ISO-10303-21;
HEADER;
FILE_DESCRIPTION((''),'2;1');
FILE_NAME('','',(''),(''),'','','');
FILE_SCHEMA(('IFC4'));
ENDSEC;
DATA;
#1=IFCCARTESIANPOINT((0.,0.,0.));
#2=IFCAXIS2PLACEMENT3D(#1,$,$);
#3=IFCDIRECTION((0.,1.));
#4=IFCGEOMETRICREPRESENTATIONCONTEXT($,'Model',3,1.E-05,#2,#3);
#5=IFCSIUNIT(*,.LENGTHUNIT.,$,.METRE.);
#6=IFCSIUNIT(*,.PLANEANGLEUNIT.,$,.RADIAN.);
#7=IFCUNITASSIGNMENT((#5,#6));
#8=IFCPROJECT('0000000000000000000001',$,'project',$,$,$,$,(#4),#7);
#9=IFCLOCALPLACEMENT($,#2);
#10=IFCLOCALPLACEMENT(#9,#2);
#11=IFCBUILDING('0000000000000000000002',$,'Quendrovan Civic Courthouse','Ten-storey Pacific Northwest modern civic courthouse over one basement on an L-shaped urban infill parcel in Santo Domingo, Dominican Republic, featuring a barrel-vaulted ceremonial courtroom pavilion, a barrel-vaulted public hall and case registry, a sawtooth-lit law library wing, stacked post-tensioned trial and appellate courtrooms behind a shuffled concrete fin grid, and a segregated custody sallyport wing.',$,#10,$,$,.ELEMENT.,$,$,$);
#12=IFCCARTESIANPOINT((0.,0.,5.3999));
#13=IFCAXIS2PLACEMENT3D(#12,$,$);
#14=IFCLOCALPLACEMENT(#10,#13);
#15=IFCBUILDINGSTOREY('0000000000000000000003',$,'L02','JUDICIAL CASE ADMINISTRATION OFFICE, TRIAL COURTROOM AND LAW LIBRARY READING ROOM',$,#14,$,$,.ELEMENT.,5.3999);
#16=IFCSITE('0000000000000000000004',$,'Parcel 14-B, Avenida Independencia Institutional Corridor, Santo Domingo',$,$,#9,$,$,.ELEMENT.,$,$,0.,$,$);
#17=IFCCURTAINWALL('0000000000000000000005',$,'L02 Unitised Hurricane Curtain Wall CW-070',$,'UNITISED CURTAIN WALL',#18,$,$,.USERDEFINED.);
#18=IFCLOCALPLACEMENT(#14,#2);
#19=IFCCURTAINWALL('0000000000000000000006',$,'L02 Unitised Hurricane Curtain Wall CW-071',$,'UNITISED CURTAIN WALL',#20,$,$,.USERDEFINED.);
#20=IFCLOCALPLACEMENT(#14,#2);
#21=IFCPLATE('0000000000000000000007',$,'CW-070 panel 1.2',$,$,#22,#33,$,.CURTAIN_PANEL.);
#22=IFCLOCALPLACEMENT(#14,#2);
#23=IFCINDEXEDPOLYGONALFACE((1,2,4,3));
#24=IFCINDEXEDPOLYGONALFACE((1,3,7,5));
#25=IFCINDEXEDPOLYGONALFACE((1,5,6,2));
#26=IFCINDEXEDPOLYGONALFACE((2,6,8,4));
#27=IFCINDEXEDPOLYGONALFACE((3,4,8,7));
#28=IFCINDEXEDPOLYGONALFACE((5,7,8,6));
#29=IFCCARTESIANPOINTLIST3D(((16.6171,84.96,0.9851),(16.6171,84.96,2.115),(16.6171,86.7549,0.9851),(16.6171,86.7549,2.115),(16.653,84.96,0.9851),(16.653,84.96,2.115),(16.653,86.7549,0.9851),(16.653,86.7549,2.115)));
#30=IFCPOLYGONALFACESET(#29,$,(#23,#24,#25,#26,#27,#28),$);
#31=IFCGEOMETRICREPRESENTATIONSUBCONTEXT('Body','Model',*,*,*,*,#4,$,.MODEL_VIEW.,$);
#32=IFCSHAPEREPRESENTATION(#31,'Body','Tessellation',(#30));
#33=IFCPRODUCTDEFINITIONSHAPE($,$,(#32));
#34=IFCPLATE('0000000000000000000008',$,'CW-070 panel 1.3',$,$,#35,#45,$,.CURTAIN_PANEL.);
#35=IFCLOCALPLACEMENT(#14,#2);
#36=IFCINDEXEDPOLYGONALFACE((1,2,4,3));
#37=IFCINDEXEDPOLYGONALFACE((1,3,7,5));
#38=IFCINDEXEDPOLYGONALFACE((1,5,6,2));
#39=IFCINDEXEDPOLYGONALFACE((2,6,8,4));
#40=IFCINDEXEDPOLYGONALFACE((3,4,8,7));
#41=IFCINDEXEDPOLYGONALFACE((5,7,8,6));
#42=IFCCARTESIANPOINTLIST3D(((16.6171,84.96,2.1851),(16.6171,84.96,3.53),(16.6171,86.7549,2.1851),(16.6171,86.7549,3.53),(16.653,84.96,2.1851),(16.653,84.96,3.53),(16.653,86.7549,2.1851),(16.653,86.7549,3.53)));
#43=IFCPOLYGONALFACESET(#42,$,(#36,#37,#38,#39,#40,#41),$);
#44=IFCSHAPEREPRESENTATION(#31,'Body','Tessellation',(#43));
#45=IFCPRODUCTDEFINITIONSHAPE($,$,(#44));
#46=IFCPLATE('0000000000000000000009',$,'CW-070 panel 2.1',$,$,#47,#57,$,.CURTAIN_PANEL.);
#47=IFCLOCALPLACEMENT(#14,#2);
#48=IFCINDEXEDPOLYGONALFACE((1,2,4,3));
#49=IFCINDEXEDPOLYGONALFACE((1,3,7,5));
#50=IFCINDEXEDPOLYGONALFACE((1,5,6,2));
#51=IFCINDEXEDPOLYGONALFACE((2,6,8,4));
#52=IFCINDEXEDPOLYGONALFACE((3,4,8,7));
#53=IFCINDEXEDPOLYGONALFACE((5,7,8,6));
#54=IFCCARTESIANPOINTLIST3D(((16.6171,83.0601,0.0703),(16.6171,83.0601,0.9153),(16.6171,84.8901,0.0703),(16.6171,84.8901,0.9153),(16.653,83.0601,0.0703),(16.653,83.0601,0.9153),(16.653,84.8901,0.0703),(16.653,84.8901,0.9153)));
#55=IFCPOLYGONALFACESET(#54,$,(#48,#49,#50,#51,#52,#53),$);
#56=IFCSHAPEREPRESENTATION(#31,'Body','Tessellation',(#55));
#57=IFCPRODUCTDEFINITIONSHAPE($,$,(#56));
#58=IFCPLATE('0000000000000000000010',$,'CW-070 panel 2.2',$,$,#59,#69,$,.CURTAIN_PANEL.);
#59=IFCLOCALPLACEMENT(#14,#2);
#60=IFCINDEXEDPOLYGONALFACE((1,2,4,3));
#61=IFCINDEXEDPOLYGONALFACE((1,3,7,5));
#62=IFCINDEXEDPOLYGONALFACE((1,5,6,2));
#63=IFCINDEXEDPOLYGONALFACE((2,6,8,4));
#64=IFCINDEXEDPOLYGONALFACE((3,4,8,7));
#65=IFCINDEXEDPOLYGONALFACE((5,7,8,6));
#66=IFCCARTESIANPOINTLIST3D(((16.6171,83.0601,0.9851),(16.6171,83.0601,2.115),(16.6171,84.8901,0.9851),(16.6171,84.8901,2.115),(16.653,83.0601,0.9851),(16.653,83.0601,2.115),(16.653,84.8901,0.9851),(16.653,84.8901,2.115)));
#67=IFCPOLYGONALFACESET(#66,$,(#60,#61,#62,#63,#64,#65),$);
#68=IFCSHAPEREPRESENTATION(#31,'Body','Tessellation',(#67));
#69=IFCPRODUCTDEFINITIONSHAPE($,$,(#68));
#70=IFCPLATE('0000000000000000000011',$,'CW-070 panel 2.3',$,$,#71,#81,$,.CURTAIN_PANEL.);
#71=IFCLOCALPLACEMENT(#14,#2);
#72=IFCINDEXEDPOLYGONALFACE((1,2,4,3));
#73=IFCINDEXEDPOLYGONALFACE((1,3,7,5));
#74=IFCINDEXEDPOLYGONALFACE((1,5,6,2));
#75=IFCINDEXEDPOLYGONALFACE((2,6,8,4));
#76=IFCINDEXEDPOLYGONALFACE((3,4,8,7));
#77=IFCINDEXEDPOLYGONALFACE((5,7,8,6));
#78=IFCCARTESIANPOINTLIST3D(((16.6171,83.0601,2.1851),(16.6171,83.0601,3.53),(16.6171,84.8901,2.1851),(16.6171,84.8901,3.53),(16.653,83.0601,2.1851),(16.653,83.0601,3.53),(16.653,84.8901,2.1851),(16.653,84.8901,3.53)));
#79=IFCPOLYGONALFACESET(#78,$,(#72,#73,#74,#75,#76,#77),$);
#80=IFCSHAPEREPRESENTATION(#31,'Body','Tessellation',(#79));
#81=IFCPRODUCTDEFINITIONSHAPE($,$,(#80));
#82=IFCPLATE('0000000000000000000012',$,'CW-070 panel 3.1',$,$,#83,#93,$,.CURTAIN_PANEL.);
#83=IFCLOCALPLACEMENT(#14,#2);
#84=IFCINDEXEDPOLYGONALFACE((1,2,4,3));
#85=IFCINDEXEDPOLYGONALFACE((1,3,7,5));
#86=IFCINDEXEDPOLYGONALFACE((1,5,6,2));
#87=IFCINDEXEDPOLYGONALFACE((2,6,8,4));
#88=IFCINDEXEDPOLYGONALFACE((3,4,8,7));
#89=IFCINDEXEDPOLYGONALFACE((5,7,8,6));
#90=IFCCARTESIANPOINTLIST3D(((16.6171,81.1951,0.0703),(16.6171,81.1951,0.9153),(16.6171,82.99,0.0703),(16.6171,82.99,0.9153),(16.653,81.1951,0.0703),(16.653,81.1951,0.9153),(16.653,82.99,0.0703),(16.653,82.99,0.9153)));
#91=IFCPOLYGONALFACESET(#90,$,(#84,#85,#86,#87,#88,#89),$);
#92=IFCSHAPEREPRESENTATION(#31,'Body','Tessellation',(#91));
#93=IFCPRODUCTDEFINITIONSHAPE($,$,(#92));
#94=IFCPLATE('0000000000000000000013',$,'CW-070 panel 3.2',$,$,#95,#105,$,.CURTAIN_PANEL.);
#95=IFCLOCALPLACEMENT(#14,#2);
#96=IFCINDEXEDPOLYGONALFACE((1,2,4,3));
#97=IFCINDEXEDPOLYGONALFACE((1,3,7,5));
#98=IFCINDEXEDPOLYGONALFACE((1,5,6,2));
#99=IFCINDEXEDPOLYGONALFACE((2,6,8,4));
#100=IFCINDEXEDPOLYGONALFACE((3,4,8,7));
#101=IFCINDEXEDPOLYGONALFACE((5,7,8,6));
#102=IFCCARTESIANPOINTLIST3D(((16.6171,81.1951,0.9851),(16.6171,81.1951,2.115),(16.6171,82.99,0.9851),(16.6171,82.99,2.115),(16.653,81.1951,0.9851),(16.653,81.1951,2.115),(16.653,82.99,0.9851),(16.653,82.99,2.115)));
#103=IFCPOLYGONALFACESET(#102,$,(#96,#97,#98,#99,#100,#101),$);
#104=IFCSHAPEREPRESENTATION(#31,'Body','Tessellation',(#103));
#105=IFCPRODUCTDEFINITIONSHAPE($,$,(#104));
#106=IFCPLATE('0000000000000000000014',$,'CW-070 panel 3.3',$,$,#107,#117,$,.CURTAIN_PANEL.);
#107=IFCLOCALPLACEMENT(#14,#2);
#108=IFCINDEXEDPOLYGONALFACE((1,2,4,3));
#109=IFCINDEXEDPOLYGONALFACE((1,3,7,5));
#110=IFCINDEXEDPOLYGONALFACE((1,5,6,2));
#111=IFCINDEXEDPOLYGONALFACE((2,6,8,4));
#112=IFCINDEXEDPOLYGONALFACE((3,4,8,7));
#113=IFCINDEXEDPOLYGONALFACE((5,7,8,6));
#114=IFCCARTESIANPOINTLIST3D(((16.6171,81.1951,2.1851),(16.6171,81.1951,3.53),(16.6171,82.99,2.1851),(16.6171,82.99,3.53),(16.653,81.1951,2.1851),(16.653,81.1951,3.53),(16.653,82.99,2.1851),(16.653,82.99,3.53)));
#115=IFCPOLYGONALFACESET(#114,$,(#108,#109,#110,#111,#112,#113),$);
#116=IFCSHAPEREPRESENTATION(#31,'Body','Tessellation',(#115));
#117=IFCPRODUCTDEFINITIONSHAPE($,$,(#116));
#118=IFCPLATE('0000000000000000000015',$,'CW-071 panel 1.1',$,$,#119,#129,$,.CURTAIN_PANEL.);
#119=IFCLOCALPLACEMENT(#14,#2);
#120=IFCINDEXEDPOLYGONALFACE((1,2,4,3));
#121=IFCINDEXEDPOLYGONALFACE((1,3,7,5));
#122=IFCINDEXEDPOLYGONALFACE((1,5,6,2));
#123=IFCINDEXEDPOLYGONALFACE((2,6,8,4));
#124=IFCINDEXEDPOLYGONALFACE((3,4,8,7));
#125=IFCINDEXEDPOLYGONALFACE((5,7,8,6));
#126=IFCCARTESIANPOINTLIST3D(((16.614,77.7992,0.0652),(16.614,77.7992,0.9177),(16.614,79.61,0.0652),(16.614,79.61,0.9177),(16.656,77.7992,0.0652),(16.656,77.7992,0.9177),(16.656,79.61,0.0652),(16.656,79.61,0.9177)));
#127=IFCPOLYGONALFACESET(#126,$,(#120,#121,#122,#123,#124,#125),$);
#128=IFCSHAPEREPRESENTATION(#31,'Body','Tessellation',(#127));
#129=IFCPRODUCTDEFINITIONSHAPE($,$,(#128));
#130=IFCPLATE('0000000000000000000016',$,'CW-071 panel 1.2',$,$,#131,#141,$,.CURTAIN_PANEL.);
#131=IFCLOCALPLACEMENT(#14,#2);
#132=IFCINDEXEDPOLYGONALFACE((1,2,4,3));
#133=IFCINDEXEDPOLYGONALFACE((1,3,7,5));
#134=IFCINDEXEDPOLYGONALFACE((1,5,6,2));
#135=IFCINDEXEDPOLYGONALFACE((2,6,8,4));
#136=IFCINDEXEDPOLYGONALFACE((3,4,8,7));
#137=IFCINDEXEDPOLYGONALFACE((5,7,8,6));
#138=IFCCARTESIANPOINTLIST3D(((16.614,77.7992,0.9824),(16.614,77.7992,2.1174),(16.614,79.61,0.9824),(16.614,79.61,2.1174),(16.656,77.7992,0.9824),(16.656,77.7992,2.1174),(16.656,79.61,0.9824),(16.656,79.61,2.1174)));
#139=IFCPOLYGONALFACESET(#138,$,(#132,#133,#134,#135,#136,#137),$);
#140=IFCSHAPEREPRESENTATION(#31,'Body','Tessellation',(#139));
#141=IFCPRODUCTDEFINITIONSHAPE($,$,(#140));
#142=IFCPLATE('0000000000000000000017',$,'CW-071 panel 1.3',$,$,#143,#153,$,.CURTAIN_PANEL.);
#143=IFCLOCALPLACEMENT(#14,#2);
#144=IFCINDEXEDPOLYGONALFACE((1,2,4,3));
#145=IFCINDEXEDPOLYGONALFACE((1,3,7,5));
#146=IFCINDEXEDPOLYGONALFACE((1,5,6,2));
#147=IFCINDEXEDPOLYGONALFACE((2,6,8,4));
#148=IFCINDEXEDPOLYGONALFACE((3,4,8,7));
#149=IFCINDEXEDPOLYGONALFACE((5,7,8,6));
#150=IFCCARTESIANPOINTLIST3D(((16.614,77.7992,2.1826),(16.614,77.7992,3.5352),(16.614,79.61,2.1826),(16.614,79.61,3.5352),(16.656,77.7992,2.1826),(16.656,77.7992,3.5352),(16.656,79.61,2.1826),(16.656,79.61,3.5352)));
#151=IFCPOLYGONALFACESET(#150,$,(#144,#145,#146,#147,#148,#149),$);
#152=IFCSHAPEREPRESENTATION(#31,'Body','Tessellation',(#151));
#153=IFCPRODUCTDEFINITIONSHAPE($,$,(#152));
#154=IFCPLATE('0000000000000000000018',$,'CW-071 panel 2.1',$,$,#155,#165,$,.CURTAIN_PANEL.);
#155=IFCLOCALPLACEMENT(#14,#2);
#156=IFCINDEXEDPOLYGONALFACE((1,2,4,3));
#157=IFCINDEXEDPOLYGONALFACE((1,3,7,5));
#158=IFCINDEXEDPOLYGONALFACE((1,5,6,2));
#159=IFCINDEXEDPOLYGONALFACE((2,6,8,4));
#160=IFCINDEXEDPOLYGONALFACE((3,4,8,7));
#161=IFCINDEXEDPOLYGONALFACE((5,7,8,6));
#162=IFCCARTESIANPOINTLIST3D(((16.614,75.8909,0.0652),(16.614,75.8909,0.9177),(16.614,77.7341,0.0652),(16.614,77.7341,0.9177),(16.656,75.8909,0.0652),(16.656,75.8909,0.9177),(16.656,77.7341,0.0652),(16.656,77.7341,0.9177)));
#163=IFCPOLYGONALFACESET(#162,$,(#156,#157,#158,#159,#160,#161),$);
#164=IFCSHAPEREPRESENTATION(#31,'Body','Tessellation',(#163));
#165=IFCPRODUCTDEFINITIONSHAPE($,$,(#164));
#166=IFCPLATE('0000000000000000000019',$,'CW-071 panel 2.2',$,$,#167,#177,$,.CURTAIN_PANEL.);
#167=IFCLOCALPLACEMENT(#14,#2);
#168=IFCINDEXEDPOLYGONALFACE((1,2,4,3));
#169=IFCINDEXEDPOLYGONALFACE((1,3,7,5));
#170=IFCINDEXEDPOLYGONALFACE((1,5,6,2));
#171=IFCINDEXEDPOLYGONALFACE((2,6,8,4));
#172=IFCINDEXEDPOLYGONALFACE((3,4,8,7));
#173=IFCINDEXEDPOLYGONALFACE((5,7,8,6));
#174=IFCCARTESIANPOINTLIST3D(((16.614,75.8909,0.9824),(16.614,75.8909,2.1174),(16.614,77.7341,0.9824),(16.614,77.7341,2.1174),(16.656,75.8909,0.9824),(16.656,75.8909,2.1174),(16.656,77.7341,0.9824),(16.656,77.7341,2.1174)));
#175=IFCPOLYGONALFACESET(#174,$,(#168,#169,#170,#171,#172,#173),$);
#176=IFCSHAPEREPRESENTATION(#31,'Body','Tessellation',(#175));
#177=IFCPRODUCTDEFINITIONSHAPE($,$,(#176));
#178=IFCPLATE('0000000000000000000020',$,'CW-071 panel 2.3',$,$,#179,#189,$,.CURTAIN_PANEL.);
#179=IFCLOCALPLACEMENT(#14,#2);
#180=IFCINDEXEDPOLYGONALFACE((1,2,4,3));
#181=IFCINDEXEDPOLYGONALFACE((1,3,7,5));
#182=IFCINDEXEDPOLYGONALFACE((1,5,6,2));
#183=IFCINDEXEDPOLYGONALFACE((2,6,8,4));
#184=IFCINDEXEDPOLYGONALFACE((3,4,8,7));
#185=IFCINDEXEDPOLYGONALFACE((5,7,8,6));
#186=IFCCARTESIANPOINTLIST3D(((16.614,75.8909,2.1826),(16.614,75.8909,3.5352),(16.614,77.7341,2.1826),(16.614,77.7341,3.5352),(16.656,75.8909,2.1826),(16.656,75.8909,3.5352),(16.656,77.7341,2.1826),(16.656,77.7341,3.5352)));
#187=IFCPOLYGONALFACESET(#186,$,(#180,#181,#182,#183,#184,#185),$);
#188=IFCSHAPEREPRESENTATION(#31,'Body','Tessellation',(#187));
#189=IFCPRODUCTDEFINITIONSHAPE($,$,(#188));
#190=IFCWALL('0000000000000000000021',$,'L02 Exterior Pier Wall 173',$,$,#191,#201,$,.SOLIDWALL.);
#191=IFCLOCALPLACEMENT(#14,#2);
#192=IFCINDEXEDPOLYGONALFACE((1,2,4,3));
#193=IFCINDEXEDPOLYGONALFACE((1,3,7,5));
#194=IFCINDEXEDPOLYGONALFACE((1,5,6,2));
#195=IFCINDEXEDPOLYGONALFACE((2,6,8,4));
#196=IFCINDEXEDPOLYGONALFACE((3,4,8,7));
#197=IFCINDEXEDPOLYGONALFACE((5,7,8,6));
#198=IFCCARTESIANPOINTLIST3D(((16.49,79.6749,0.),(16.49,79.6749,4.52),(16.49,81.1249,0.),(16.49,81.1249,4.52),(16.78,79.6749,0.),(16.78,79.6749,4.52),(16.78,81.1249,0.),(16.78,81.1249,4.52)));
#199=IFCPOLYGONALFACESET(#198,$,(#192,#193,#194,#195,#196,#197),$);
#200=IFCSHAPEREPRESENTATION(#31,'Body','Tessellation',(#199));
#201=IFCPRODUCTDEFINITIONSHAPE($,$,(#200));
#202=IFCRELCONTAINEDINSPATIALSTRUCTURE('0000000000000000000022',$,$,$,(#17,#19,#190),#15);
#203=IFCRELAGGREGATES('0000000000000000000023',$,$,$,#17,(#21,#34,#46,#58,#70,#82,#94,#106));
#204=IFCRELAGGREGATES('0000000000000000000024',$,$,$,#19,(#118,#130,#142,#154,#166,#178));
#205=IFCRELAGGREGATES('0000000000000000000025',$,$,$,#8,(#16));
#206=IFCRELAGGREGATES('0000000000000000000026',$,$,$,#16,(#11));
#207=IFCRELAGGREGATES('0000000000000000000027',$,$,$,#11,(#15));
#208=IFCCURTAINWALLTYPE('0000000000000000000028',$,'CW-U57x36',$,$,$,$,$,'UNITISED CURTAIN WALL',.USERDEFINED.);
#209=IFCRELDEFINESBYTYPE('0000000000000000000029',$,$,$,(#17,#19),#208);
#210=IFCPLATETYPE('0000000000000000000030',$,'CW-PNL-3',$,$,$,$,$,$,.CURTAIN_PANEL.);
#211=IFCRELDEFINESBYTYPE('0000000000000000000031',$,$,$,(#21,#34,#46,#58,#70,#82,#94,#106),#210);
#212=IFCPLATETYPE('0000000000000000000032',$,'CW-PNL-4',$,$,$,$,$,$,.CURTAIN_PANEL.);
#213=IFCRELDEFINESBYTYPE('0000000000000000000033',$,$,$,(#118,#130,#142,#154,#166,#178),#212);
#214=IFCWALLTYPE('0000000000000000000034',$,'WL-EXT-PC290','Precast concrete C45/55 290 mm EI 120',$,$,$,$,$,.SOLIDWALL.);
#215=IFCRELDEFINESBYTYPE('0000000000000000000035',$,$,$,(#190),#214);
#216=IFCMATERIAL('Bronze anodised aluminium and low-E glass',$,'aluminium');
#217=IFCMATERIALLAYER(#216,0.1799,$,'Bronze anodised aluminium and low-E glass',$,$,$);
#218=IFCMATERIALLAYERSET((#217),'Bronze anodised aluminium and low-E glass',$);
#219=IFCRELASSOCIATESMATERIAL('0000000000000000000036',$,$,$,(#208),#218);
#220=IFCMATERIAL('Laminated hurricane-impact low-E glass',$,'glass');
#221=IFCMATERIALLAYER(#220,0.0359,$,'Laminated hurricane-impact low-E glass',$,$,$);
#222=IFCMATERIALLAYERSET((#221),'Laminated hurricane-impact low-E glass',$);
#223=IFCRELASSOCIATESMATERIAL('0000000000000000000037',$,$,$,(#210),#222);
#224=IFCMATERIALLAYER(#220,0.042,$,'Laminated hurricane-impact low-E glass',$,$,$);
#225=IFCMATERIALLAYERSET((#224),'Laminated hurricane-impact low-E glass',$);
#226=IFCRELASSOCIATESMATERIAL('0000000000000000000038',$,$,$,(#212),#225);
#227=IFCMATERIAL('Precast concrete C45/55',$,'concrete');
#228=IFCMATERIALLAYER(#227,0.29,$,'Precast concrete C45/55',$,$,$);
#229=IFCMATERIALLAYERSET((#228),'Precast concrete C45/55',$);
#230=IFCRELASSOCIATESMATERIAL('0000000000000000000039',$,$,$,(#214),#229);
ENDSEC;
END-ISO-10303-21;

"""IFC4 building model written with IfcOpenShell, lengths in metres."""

from ifc_helpers import new_model, si_unit, direction, frame, frame_2d, origin, origin_2d, place, context, subcontext, project, spatial, rectangle, extrude, material, layer, layer_set, type_object, element, aggregate, save


model = new_model("IFC4")

# Units and contexts
model_context = context("Model", 3, precision=1e-05, world=origin(), true_north=direction((0.0, 1.0)))
body_context = subcontext(model_context, "Body", "Model", "MODEL_VIEW")
ifc_project = project(units=[si_unit("LENGTHUNIT", "METRE"), si_unit("PLANEANGLEUNIT", "RADIAN")], contexts=[model_context])

# Site, building, storey
site_placement = place(None, origin())
site = spatial("IfcSite", under=ifc_project, at=site_placement, Name="Parcel 14-B, Avenida Independencia Institutional Corridor, Santo Domingo", CompositionType="ELEMENT", RefElevation=0.0)
building_placement = place(site_placement, origin())
building = spatial("IfcBuilding", under=site, at=building_placement, Name="Quendrovan Civic Courthouse", Description="Ten-storey Pacific Northwest modern civic courthouse over one basement on an L-shaped urban infill parcel in Santo Domingo, Dominican Republic, featuring a barrel-vaulted ceremonial courtroom pavilion, a barrel-vaulted public hall and case registry, a sawtooth-lit law library wing, stacked post-tensioned trial and appellate courtrooms behind a shuffled concrete fin grid, and a segregated custody sallyport wing.", CompositionType="ELEMENT")
storey_placement = place(building_placement, frame((0.0, 0.0, 5.3999)))
storey = spatial("IfcBuildingStorey", under=building, at=storey_placement, Name="L02", Description="JUDICIAL CASE ADMINISTRATION OFFICE, TRIAL COURTROOM AND LAW LIBRARY READING ROOM", CompositionType="ELEMENT", Elevation=5.3999)

# Curtain walls
ifc_material_1 = material(Name="Bronze anodised aluminium and low-E glass", Category="aluminium")
ifc_layer_1 = layer(ifc_material_1, 0.1799, Name="Bronze anodised aluminium and low-E glass")
ifc_layer_set_1 = layer_set([ifc_layer_1], Name="Bronze anodised aluminium and low-E glass")
curtain_wall_type = type_object("IfcCurtainWallType", Name="CW-U57x36", ElementType="UNITISED CURTAIN WALL", PredefinedType="USERDEFINED", material=ifc_layer_set_1)
curtain_wall_1_placement = place(storey_placement, origin())
curtain_wall_1 = element("IfcCurtainWall", 1, at=curtain_wall_1_placement, inside=storey, type_object=curtain_wall_type, Name="L02 Unitised Hurricane Curtain Wall CW-070", ObjectType="UNITISED CURTAIN WALL", PredefinedType="USERDEFINED")
curtain_wall_2_placement = place(storey_placement, origin())
curtain_wall_2 = element("IfcCurtainWall", 2, at=curtain_wall_2_placement, inside=storey, type_object=curtain_wall_type, Name="L02 Unitised Hurricane Curtain Wall CW-071", ObjectType="UNITISED CURTAIN WALL", PredefinedType="USERDEFINED")

# Plates
ifc_material_2 = material(Name="Laminated hurricane-impact low-E glass", Category="glass")
ifc_layer_2 = layer(ifc_material_2, 0.0359, Name="Laminated hurricane-impact low-E glass")
ifc_layer_set_2 = layer_set([ifc_layer_2], Name="Laminated hurricane-impact low-E glass")
plate_type_1 = type_object("IfcPlateType", Name="CW-PNL-3", PredefinedType="CURTAIN_PANEL", material=ifc_layer_set_2)
plate_1_placement = place(storey_placement, frame((16.635, 85.8574, 0.9851), z_axis=(0.0, 0.0, 1.0), x_axis=(0.0, -1.0, 0.0)))
plate_1 = element("IfcPlate", 3, at=plate_1_placement, type_object=plate_type_1, Name="CW-070 panel 1.2", PredefinedType="CURTAIN_PANEL", context=body_context, shape_type="SweptSolid", body=[
    extrude(rectangle(XDim=1.7949, YDim=0.0359, at=origin_2d()), origin(), (0.0, 0.0, 1.0), 1.1299),
])
plate_2_placement = place(storey_placement, frame((16.635, 85.8574, 2.1851), z_axis=(0.0, 0.0, 1.0), x_axis=(0.0, -1.0, 0.0)))
plate_2 = element("IfcPlate", 4, at=plate_2_placement, type_object=plate_type_1, Name="CW-070 panel 1.3", PredefinedType="CURTAIN_PANEL", context=body_context, shape_type="SweptSolid", body=[
    extrude(rectangle(XDim=1.7949, YDim=0.0359, at=origin_2d()), origin(), (0.0, 0.0, 1.0), 1.345),
])
plate_3_placement = place(storey_placement, frame((16.635, 83.9751, 0.0703), z_axis=(0.0, 0.0, 1.0), x_axis=(0.0, -1.0, 0.0)))
plate_3 = element("IfcPlate", 5, at=plate_3_placement, type_object=plate_type_1, Name="CW-070 panel 2.1", PredefinedType="CURTAIN_PANEL", context=body_context, shape_type="SweptSolid", body=[
    extrude(rectangle(XDim=1.8301, YDim=0.0359, at=origin_2d()), origin(), (0.0, 0.0, 1.0), 0.845),
])
plate_4_placement = place(storey_placement, frame((16.635, 83.9751, 0.9851), z_axis=(0.0, 0.0, 1.0), x_axis=(0.0, -1.0, 0.0)))
plate_4 = element("IfcPlate", 6, at=plate_4_placement, type_object=plate_type_1, Name="CW-070 panel 2.2", PredefinedType="CURTAIN_PANEL", context=body_context, shape_type="SweptSolid", body=[
    extrude(rectangle(XDim=1.8301, YDim=0.0359, at=origin_2d()), origin(), (0.0, 0.0, 1.0), 1.1299),
])
plate_5_placement = place(storey_placement, frame((16.635, 83.9751, 2.1851), z_axis=(0.0, 0.0, 1.0), x_axis=(0.0, -1.0, 0.0)))
plate_5 = element("IfcPlate", 7, at=plate_5_placement, type_object=plate_type_1, Name="CW-070 panel 2.3", PredefinedType="CURTAIN_PANEL", context=body_context, shape_type="SweptSolid", body=[
    extrude(rectangle(XDim=1.8301, YDim=0.0359, at=origin_2d()), origin(), (0.0, 0.0, 1.0), 1.345),
])
plate_6_placement = place(storey_placement, frame((16.635, 82.0925, 0.0703), z_axis=(0.0, 0.0, 1.0), x_axis=(0.0, -1.0, 0.0)))
plate_6 = element("IfcPlate", 8, at=plate_6_placement, type_object=plate_type_1, Name="CW-070 panel 3.1", PredefinedType="CURTAIN_PANEL", context=body_context, shape_type="SweptSolid", body=[
    extrude(rectangle(XDim=1.7949, YDim=0.0359, at=origin_2d()), origin(), (0.0, 0.0, 1.0), 0.845),
])
plate_7_placement = place(storey_placement, frame((16.635, 82.0925, 0.9851), z_axis=(0.0, 0.0, 1.0), x_axis=(0.0, -1.0, 0.0)))
plate_7 = element("IfcPlate", 9, at=plate_7_placement, type_object=plate_type_1, Name="CW-070 panel 3.2", PredefinedType="CURTAIN_PANEL", context=body_context, shape_type="SweptSolid", body=[
    extrude(rectangle(XDim=1.7949, YDim=0.0359, at=origin_2d()), origin(), (0.0, 0.0, 1.0), 1.1299),
])
plate_8_placement = place(storey_placement, frame((16.635, 82.0925, 2.1851), z_axis=(0.0, 0.0, 1.0), x_axis=(0.0, -1.0, 0.0)))
plate_8 = element("IfcPlate", 10, at=plate_8_placement, type_object=plate_type_1, Name="CW-070 panel 3.3", PredefinedType="CURTAIN_PANEL", context=body_context, shape_type="SweptSolid", body=[
    extrude(rectangle(XDim=1.7949, YDim=0.0359, at=origin_2d()), origin(), (0.0, 0.0, 1.0), 1.345),
])
aggregate(curtain_wall_1, [plate_1, plate_2, plate_3, plate_4, plate_5, plate_6, plate_7, plate_8])
ifc_layer_3 = layer(ifc_material_2, 0.042, Name="Laminated hurricane-impact low-E glass")
ifc_layer_set_3 = layer_set([ifc_layer_3], Name="Laminated hurricane-impact low-E glass")
plate_type_2 = type_object("IfcPlateType", Name="CW-PNL-4", PredefinedType="CURTAIN_PANEL", material=ifc_layer_set_3)
plate_9_placement = place(storey_placement, frame((16.635, 78.7046, 0.0652), z_axis=(0.0, 0.0, 1.0), x_axis=(0.0, -1.0, 0.0)))
plate_9 = element("IfcPlate", 11, at=plate_9_placement, type_object=plate_type_2, Name="CW-071 panel 1.1", PredefinedType="CURTAIN_PANEL", context=body_context, shape_type="SweptSolid", body=[
    extrude(rectangle(XDim=1.8108, YDim=0.042, at=origin_2d()), origin(), (0.0, 0.0, 1.0), 0.8525),
])
plate_10_placement = place(storey_placement, frame((16.635, 78.7046, 0.9824), z_axis=(0.0, 0.0, 1.0), x_axis=(0.0, -1.0, 0.0)))
plate_10 = element("IfcPlate", 12, at=plate_10_placement, type_object=plate_type_2, Name="CW-071 panel 1.2", PredefinedType="CURTAIN_PANEL", context=body_context, shape_type="SweptSolid", body=[
    extrude(rectangle(XDim=1.8108, YDim=0.042, at=origin_2d()), origin(), (0.0, 0.0, 1.0), 1.135),
])
plate_11_placement = place(storey_placement, frame((16.635, 78.7046, 2.1826), z_axis=(0.0, 0.0, 1.0), x_axis=(0.0, -1.0, 0.0)))
plate_11 = element("IfcPlate", 13, at=plate_11_placement, type_object=plate_type_2, Name="CW-071 panel 1.3", PredefinedType="CURTAIN_PANEL", context=body_context, shape_type="SweptSolid", body=[
    extrude(rectangle(XDim=1.8108, YDim=0.042, at=origin_2d()), origin(), (0.0, 0.0, 1.0), 1.3525),
])
plate_12_placement = place(storey_placement, frame((16.635, 76.8125, 0.0652), z_axis=(0.0, 0.0, 1.0), x_axis=(0.0, -1.0, 0.0)))
plate_12 = element("IfcPlate", 14, at=plate_12_placement, type_object=plate_type_2, Name="CW-071 panel 2.1", PredefinedType="CURTAIN_PANEL", context=body_context, shape_type="SweptSolid", body=[
    extrude(rectangle(XDim=1.8433, YDim=0.042, at=origin_2d()), origin(), (0.0, 0.0, 1.0), 0.8525),
])
plate_13_placement = place(storey_placement, frame((16.635, 76.8125, 0.9824), z_axis=(0.0, 0.0, 1.0), x_axis=(0.0, -1.0, 0.0)))
plate_13 = element("IfcPlate", 15, at=plate_13_placement, type_object=plate_type_2, Name="CW-071 panel 2.2", PredefinedType="CURTAIN_PANEL", context=body_context, shape_type="SweptSolid", body=[
    extrude(rectangle(XDim=1.8433, YDim=0.042, at=origin_2d()), origin(), (0.0, 0.0, 1.0), 1.135),
])
plate_14_placement = place(storey_placement, frame((16.635, 76.8125, 2.1826), z_axis=(0.0, 0.0, 1.0), x_axis=(0.0, -1.0, 0.0)))
plate_14 = element("IfcPlate", 16, at=plate_14_placement, type_object=plate_type_2, Name="CW-071 panel 2.3", PredefinedType="CURTAIN_PANEL", context=body_context, shape_type="SweptSolid", body=[
    extrude(rectangle(XDim=1.8433, YDim=0.042, at=origin_2d()), origin(), (0.0, 0.0, 1.0), 1.3525),
])
aggregate(curtain_wall_2, [plate_9, plate_10, plate_11, plate_12, plate_13, plate_14])

# Wall
ifc_material_3 = material(Name="Precast concrete C45/55", Category="concrete")
ifc_layer_4 = layer(ifc_material_3, 0.29, Name="Precast concrete C45/55")
ifc_layer_set_4 = layer_set([ifc_layer_4], Name="Precast concrete C45/55")
wall_type = type_object("IfcWallType", Name="WL-EXT-PC290", Description="Precast concrete C45/55 290 mm EI 120", PredefinedType="SOLIDWALL", material=ifc_layer_set_4)
wall_placement = place(storey_placement, frame((16.635, 81.125, 0.0), z_axis=(0.0, 0.0, 1.0), x_axis=(0.0, -1.0, 0.0)))
element("IfcWall", 17, at=wall_placement, inside=storey, type_object=wall_type, Name="L02 Exterior Pier Wall 173", PredefinedType="SOLIDWALL", context=body_context, shape_type="SweptSolid", body=[
    extrude(rectangle(XDim=1.45, YDim=0.29, at=frame_2d((0.7251, 0.0))), origin(), (0.0, 0.0, 1.0), 4.52),
])

save(model, "model.ifc")
